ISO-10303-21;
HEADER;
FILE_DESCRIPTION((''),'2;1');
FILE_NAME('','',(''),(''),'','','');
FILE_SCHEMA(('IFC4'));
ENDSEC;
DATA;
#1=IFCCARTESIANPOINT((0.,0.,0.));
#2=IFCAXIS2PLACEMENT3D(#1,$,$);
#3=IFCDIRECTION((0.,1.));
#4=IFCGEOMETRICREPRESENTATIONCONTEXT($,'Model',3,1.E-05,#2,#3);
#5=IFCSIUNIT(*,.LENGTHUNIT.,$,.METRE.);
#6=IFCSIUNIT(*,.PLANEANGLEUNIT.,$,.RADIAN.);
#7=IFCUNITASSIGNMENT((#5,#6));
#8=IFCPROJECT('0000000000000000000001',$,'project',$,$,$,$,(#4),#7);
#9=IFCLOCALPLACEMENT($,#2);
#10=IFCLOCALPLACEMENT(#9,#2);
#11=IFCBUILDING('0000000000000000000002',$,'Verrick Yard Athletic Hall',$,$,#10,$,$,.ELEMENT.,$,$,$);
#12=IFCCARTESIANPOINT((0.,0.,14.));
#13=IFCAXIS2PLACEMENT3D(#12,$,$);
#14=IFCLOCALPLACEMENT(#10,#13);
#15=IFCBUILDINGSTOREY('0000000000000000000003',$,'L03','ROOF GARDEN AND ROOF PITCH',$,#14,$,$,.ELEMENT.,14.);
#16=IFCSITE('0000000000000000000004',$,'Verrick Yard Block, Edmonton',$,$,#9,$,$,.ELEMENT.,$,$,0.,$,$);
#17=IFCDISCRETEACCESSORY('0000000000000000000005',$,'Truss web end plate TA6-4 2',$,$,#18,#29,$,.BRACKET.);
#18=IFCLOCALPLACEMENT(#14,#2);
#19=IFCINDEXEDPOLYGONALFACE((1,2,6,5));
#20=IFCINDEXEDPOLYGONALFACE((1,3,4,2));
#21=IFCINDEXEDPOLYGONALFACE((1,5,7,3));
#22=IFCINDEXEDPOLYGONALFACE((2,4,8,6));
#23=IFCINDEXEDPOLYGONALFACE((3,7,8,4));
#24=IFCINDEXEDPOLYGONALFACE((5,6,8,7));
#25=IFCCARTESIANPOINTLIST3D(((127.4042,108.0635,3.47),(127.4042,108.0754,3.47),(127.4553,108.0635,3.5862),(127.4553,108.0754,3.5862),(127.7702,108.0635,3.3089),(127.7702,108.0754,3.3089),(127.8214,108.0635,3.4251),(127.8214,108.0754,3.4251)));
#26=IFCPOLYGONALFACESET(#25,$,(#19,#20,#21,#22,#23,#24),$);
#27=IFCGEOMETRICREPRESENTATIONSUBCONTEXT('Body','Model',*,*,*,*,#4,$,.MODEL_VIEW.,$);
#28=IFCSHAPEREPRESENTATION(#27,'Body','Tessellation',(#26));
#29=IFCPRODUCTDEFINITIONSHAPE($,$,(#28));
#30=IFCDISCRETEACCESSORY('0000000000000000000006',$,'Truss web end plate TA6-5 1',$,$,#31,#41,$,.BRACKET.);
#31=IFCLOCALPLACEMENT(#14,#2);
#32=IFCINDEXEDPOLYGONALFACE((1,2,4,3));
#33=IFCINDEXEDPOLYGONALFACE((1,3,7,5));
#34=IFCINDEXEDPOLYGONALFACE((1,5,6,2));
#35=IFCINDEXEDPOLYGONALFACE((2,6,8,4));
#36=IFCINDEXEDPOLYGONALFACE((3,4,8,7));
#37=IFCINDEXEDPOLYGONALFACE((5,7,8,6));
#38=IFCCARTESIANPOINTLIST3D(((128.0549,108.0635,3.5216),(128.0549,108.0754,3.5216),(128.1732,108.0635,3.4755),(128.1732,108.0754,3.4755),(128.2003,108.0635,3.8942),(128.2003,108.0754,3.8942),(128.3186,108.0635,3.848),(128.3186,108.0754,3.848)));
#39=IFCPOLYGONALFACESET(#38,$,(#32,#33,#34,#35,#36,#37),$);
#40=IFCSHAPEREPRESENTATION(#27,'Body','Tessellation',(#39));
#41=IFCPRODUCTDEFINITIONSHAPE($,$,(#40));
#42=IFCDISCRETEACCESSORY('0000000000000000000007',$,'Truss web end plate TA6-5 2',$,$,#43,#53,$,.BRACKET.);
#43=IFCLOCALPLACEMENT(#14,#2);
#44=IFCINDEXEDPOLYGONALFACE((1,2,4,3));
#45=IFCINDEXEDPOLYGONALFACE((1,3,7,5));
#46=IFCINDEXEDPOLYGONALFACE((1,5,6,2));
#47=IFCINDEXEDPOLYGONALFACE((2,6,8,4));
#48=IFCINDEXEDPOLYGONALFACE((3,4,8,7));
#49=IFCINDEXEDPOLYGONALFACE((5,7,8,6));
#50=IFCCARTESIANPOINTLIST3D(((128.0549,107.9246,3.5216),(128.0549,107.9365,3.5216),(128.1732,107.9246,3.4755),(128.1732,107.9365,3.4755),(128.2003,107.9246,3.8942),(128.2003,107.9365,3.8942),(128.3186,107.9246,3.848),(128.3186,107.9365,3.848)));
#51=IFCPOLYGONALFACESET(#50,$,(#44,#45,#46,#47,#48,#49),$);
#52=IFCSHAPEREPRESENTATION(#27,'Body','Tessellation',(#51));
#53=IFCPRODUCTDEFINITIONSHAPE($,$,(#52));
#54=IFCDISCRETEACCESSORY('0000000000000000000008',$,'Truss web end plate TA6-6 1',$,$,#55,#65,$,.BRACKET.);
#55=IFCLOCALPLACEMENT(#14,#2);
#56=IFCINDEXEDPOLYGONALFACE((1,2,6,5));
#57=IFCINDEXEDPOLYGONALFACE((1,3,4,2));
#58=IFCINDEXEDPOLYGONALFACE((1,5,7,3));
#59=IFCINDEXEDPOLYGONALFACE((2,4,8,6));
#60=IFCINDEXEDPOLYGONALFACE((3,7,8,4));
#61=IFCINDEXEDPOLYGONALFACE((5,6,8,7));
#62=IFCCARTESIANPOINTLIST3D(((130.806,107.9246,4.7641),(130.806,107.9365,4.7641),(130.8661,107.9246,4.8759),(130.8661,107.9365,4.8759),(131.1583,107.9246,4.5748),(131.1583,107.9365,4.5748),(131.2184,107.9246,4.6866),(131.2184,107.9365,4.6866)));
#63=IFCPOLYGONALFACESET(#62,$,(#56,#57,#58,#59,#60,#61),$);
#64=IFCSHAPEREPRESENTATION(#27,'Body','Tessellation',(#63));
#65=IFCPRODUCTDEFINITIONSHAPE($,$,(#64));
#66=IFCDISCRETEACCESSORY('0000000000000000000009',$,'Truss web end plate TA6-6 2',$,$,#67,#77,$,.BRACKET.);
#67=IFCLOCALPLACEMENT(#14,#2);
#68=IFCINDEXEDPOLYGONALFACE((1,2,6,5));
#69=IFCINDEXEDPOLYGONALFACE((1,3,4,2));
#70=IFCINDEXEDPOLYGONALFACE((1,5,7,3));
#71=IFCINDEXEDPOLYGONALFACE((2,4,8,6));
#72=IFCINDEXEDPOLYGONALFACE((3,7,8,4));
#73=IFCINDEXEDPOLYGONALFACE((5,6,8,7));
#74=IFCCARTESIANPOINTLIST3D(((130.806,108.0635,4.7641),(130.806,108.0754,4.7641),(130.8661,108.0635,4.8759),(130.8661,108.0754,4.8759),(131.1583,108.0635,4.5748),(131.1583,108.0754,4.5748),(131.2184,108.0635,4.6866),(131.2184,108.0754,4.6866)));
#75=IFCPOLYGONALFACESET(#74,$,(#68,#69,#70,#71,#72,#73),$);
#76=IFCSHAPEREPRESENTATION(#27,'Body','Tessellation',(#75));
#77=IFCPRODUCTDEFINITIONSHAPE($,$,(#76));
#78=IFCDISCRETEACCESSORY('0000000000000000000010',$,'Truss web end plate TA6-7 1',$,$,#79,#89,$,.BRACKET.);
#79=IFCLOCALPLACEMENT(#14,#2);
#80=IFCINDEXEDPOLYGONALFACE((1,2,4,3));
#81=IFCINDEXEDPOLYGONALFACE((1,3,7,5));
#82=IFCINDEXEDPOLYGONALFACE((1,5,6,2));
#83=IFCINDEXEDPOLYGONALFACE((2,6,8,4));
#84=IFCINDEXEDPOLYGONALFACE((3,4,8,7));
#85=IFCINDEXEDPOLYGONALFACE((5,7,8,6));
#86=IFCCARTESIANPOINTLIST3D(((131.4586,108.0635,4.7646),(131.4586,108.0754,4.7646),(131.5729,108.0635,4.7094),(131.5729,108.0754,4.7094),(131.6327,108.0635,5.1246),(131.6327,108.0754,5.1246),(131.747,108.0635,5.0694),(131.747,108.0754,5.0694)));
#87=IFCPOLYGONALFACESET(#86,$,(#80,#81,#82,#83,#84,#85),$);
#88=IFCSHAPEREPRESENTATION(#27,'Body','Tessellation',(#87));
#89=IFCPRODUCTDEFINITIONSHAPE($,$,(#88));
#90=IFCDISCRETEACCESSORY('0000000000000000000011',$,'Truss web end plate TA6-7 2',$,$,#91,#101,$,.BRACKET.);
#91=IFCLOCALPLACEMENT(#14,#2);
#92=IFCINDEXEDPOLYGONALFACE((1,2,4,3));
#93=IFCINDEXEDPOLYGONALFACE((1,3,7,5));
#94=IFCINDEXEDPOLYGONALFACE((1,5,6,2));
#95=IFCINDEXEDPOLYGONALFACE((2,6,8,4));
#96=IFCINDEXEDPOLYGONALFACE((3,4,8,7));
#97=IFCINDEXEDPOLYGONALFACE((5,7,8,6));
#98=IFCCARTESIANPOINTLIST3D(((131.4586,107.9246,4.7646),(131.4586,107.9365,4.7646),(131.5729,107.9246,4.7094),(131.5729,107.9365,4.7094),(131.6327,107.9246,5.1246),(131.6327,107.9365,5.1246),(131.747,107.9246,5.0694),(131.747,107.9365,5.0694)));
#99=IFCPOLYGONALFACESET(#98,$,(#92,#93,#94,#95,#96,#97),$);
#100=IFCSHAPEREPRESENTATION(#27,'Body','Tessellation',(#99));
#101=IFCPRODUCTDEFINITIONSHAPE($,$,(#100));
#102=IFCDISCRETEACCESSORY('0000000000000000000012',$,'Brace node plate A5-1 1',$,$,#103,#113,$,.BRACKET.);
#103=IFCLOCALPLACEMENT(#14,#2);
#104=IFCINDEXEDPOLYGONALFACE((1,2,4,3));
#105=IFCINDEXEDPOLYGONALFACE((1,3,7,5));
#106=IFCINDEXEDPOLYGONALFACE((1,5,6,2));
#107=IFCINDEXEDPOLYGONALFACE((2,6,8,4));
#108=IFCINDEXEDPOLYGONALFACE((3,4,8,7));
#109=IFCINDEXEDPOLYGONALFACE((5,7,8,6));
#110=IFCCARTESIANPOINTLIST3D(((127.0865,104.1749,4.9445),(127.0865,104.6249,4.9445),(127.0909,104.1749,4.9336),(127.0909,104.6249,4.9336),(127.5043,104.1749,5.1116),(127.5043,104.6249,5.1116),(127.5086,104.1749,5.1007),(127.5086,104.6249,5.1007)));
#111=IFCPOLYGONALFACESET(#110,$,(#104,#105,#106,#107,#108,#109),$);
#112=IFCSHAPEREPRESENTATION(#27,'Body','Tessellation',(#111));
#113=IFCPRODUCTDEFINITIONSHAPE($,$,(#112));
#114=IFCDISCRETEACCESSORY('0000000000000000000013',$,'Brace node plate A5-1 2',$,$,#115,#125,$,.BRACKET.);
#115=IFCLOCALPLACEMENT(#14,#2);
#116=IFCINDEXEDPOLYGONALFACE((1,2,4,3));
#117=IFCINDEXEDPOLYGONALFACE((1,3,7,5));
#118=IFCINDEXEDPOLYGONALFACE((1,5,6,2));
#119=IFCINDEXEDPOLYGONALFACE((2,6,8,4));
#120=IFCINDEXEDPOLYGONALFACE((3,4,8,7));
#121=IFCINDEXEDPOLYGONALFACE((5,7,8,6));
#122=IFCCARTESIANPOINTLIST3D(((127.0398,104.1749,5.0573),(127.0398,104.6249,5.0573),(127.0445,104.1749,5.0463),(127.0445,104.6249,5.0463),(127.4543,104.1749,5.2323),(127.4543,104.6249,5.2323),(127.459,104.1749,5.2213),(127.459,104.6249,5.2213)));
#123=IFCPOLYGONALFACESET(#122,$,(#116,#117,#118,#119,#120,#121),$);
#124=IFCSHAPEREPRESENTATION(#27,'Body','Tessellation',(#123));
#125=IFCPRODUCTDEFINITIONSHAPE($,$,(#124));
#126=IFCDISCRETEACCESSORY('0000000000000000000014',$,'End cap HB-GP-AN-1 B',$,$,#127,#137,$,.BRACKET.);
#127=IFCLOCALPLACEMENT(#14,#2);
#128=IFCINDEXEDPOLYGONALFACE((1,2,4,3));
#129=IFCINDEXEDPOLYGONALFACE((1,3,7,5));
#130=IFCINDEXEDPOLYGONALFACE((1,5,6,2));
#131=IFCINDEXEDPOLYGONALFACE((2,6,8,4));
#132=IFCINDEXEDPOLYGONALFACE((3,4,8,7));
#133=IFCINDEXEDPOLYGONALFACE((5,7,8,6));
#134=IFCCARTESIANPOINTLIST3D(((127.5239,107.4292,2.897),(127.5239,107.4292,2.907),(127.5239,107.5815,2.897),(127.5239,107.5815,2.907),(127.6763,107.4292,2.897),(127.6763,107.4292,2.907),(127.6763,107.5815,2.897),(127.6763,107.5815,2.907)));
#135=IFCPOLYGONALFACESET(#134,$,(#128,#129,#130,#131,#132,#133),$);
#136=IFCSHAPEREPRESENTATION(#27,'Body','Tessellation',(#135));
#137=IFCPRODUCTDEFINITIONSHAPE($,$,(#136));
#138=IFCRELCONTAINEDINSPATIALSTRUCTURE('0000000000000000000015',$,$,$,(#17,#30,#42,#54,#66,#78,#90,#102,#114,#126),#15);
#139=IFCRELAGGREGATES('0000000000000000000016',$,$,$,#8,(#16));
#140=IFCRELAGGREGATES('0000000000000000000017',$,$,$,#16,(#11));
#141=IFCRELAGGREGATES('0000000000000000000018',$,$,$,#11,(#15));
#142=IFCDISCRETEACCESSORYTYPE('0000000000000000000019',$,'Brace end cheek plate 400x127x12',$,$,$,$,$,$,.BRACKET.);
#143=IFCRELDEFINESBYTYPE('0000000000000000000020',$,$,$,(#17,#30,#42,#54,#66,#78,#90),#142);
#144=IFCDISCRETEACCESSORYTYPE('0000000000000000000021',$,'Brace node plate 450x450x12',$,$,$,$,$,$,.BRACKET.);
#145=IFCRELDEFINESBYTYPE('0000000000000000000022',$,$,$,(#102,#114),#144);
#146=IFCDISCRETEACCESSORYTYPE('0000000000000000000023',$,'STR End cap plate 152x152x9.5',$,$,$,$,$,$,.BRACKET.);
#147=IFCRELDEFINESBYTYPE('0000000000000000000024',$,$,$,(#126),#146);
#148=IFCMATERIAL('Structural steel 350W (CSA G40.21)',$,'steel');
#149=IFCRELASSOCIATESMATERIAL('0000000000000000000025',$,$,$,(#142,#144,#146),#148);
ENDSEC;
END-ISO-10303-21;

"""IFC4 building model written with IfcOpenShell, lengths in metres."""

from ifc_helpers import new_model, si_unit, direction, frame, origin, origin_2d, place, context, subcontext, project, spatial, rectangle, extrude, material, material_profile, profile_set, type_object, element, save


model = new_model("IFC4")

# Units and contexts
model_context = context("Model", 3, precision=1e-05, world=origin(), true_north=direction((0.0, 1.0)))
body_context = subcontext(model_context, "Body", "Model", "MODEL_VIEW")
ifc_project = project(units=[si_unit("LENGTHUNIT", "METRE"), si_unit("PLANEANGLEUNIT", "RADIAN")], contexts=[model_context])

# Site, building, storey
site_placement = place(None, origin())
site = spatial("IfcSite", under=ifc_project, at=site_placement, Name="Verrick Yard Block, Edmonton", CompositionType="ELEMENT", RefElevation=0.0)
building_placement = place(site_placement, origin())
building = spatial("IfcBuilding", under=site, at=building_placement, Name="Verrick Yard Athletic Hall", CompositionType="ELEMENT")
storey_placement = place(building_placement, frame((0.0, 0.0, 14.0)))
storey = spatial("IfcBuildingStorey", under=building, at=storey_placement, Name="L03", Description="ROOF GARDEN AND ROOF PITCH", CompositionType="ELEMENT", Elevation=14.0)

# Discrete accessories
ifc_material_1 = material(Name="Structural steel 350W (CSA G40.21)", Category="steel")
ifc_material_profile_1 = material_profile(ifc_material_1, rectangle(XDim=0.3999, YDim=0.127, at=origin_2d()), Name="Brace end cheek plate")
ifc_profile_set_1 = profile_set([ifc_material_profile_1], Name="Structural steel 350W (CSA G40.21)")
discrete_accessory_type_1 = type_object("IfcDiscreteAccessoryType", Name="Brace end cheek plate 400x127x12", PredefinedType="BRACKET", material=ifc_profile_set_1)
for number, where, z_axis, x_axis, name in (
    (1, (127.6128, 108.0635, 3.4475), (0.0, 1.0, 0.0), (-0.915285, 0.0, 0.402806), "Truss web end plate TA6-4 2"),
    (2, (128.1868, 108.0635, 3.6848), (0.0, 1.0, 0.0), (0.363563, 0.0, 0.93157), "Truss web end plate TA6-5 1"),
    (3, (128.1868, 107.9365, 3.6848), (0.0, -1.0, 0.0), (0.363563, 0.0, 0.93157), "Truss web end plate TA6-5 2"),
    (4, (131.0122, 107.9365, 4.7253), (0.0, -1.0, 0.0), (-0.88092, 0.0, 0.473265), "Truss web end plate TA6-6 1"),
    (5, (131.0122, 108.0635, 4.7253), (0.0, 1.0, 0.0), (-0.88092, 0.0, 0.473265), "Truss web end plate TA6-6 2"),
    (6, (131.6028, 108.0635, 4.917), (0.0, 1.0, 0.0), (0.435417, 0.0, 0.900229), "Truss web end plate TA6-7 1"),
    (7, (131.6028, 107.9365, 4.917), (0.0, -1.0, 0.0), (0.435417, 0.0, 0.900229), "Truss web end plate TA6-7 2"),
):
    element("IfcDiscreteAccessory", number, at=place(storey_placement, frame(where, z_axis=z_axis, x_axis=x_axis)), inside=storey, type_object=discrete_accessory_type_1, Name=name, PredefinedType="BRACKET", context=body_context, shape_type="SweptSolid", body=[
        extrude(rectangle(XDim=0.3999, YDim=0.127, at=origin_2d()), origin(), (0.0, 0.0, 1.0), 0.012),
    ])
ifc_material_profile_2 = material_profile(ifc_material_1, rectangle(XDim=0.45, YDim=0.45, at=origin_2d()), Name="Brace node plate")
ifc_profile_set_2 = profile_set([ifc_material_profile_2], Name="Structural steel 350W (CSA G40.21)")
discrete_accessory_type_2 = type_object("IfcDiscreteAccessoryType", Name="Brace node plate 450x450x12", PredefinedType="BRACKET", material=ifc_profile_set_2)
discrete_accessory_1_placement = place(storey_placement, frame((127.2954, 104.3999, 5.0281), z_axis=(0.371391, 0.0, -0.928477), x_axis=(0.0, 1.0, 0.0)))
element("IfcDiscreteAccessory", 8, at=discrete_accessory_1_placement, inside=storey, type_object=discrete_accessory_type_2, Name="Brace node plate A5-1 1", PredefinedType="BRACKET", context=body_context, shape_type="SweptSolid", body=[
    extrude(rectangle(XDim=0.45, YDim=0.45, at=origin_2d()), origin(), (0.0, 0.0, 1.0), 0.0117),
])
discrete_accessory_2_placement = place(storey_placement, frame((127.2517, 104.3999, 5.1338), z_axis=(-0.388972, 0.0, 0.92125), x_axis=(0.0, -1.0, 0.0)))
element("IfcDiscreteAccessory", 9, at=discrete_accessory_2_placement, inside=storey, type_object=discrete_accessory_type_2, Name="Brace node plate A5-1 2", PredefinedType="BRACKET", context=body_context, shape_type="SweptSolid", body=[
    extrude(rectangle(XDim=0.45, YDim=0.45, at=origin_2d()), origin(), (0.0, 0.0, 1.0), 0.012),
])
ifc_material_profile_3 = material_profile(ifc_material_1, rectangle(XDim=0.1523, YDim=0.1523, at=origin_2d()), Name="STR End cap plate 152x152x9.5")
ifc_profile_set_3 = profile_set([ifc_material_profile_3], Name="Structural steel 350W (CSA G40.21)")
discrete_accessory_type_3 = type_object("IfcDiscreteAccessoryType", Name="STR End cap plate 152x152x9.5", PredefinedType="BRACKET", material=ifc_profile_set_3)
discrete_accessory_3_placement = place(storey_placement, frame((127.6001, 107.5054, 2.897), z_axis=(0.0, 0.0, 1.0), x_axis=(1.0, 0.0, 0.0)))
element("IfcDiscreteAccessory", 10, at=discrete_accessory_3_placement, inside=storey, type_object=discrete_accessory_type_3, Name="End cap HB-GP-AN-1 B", PredefinedType="BRACKET", context=body_context, shape_type="SweptSolid", body=[
    extrude(rectangle(XDim=0.1523, YDim=0.1523, at=origin_2d()), origin(), (0.0, 0.0, 1.0), 0.01),
])

save(model, "model.ifc")
